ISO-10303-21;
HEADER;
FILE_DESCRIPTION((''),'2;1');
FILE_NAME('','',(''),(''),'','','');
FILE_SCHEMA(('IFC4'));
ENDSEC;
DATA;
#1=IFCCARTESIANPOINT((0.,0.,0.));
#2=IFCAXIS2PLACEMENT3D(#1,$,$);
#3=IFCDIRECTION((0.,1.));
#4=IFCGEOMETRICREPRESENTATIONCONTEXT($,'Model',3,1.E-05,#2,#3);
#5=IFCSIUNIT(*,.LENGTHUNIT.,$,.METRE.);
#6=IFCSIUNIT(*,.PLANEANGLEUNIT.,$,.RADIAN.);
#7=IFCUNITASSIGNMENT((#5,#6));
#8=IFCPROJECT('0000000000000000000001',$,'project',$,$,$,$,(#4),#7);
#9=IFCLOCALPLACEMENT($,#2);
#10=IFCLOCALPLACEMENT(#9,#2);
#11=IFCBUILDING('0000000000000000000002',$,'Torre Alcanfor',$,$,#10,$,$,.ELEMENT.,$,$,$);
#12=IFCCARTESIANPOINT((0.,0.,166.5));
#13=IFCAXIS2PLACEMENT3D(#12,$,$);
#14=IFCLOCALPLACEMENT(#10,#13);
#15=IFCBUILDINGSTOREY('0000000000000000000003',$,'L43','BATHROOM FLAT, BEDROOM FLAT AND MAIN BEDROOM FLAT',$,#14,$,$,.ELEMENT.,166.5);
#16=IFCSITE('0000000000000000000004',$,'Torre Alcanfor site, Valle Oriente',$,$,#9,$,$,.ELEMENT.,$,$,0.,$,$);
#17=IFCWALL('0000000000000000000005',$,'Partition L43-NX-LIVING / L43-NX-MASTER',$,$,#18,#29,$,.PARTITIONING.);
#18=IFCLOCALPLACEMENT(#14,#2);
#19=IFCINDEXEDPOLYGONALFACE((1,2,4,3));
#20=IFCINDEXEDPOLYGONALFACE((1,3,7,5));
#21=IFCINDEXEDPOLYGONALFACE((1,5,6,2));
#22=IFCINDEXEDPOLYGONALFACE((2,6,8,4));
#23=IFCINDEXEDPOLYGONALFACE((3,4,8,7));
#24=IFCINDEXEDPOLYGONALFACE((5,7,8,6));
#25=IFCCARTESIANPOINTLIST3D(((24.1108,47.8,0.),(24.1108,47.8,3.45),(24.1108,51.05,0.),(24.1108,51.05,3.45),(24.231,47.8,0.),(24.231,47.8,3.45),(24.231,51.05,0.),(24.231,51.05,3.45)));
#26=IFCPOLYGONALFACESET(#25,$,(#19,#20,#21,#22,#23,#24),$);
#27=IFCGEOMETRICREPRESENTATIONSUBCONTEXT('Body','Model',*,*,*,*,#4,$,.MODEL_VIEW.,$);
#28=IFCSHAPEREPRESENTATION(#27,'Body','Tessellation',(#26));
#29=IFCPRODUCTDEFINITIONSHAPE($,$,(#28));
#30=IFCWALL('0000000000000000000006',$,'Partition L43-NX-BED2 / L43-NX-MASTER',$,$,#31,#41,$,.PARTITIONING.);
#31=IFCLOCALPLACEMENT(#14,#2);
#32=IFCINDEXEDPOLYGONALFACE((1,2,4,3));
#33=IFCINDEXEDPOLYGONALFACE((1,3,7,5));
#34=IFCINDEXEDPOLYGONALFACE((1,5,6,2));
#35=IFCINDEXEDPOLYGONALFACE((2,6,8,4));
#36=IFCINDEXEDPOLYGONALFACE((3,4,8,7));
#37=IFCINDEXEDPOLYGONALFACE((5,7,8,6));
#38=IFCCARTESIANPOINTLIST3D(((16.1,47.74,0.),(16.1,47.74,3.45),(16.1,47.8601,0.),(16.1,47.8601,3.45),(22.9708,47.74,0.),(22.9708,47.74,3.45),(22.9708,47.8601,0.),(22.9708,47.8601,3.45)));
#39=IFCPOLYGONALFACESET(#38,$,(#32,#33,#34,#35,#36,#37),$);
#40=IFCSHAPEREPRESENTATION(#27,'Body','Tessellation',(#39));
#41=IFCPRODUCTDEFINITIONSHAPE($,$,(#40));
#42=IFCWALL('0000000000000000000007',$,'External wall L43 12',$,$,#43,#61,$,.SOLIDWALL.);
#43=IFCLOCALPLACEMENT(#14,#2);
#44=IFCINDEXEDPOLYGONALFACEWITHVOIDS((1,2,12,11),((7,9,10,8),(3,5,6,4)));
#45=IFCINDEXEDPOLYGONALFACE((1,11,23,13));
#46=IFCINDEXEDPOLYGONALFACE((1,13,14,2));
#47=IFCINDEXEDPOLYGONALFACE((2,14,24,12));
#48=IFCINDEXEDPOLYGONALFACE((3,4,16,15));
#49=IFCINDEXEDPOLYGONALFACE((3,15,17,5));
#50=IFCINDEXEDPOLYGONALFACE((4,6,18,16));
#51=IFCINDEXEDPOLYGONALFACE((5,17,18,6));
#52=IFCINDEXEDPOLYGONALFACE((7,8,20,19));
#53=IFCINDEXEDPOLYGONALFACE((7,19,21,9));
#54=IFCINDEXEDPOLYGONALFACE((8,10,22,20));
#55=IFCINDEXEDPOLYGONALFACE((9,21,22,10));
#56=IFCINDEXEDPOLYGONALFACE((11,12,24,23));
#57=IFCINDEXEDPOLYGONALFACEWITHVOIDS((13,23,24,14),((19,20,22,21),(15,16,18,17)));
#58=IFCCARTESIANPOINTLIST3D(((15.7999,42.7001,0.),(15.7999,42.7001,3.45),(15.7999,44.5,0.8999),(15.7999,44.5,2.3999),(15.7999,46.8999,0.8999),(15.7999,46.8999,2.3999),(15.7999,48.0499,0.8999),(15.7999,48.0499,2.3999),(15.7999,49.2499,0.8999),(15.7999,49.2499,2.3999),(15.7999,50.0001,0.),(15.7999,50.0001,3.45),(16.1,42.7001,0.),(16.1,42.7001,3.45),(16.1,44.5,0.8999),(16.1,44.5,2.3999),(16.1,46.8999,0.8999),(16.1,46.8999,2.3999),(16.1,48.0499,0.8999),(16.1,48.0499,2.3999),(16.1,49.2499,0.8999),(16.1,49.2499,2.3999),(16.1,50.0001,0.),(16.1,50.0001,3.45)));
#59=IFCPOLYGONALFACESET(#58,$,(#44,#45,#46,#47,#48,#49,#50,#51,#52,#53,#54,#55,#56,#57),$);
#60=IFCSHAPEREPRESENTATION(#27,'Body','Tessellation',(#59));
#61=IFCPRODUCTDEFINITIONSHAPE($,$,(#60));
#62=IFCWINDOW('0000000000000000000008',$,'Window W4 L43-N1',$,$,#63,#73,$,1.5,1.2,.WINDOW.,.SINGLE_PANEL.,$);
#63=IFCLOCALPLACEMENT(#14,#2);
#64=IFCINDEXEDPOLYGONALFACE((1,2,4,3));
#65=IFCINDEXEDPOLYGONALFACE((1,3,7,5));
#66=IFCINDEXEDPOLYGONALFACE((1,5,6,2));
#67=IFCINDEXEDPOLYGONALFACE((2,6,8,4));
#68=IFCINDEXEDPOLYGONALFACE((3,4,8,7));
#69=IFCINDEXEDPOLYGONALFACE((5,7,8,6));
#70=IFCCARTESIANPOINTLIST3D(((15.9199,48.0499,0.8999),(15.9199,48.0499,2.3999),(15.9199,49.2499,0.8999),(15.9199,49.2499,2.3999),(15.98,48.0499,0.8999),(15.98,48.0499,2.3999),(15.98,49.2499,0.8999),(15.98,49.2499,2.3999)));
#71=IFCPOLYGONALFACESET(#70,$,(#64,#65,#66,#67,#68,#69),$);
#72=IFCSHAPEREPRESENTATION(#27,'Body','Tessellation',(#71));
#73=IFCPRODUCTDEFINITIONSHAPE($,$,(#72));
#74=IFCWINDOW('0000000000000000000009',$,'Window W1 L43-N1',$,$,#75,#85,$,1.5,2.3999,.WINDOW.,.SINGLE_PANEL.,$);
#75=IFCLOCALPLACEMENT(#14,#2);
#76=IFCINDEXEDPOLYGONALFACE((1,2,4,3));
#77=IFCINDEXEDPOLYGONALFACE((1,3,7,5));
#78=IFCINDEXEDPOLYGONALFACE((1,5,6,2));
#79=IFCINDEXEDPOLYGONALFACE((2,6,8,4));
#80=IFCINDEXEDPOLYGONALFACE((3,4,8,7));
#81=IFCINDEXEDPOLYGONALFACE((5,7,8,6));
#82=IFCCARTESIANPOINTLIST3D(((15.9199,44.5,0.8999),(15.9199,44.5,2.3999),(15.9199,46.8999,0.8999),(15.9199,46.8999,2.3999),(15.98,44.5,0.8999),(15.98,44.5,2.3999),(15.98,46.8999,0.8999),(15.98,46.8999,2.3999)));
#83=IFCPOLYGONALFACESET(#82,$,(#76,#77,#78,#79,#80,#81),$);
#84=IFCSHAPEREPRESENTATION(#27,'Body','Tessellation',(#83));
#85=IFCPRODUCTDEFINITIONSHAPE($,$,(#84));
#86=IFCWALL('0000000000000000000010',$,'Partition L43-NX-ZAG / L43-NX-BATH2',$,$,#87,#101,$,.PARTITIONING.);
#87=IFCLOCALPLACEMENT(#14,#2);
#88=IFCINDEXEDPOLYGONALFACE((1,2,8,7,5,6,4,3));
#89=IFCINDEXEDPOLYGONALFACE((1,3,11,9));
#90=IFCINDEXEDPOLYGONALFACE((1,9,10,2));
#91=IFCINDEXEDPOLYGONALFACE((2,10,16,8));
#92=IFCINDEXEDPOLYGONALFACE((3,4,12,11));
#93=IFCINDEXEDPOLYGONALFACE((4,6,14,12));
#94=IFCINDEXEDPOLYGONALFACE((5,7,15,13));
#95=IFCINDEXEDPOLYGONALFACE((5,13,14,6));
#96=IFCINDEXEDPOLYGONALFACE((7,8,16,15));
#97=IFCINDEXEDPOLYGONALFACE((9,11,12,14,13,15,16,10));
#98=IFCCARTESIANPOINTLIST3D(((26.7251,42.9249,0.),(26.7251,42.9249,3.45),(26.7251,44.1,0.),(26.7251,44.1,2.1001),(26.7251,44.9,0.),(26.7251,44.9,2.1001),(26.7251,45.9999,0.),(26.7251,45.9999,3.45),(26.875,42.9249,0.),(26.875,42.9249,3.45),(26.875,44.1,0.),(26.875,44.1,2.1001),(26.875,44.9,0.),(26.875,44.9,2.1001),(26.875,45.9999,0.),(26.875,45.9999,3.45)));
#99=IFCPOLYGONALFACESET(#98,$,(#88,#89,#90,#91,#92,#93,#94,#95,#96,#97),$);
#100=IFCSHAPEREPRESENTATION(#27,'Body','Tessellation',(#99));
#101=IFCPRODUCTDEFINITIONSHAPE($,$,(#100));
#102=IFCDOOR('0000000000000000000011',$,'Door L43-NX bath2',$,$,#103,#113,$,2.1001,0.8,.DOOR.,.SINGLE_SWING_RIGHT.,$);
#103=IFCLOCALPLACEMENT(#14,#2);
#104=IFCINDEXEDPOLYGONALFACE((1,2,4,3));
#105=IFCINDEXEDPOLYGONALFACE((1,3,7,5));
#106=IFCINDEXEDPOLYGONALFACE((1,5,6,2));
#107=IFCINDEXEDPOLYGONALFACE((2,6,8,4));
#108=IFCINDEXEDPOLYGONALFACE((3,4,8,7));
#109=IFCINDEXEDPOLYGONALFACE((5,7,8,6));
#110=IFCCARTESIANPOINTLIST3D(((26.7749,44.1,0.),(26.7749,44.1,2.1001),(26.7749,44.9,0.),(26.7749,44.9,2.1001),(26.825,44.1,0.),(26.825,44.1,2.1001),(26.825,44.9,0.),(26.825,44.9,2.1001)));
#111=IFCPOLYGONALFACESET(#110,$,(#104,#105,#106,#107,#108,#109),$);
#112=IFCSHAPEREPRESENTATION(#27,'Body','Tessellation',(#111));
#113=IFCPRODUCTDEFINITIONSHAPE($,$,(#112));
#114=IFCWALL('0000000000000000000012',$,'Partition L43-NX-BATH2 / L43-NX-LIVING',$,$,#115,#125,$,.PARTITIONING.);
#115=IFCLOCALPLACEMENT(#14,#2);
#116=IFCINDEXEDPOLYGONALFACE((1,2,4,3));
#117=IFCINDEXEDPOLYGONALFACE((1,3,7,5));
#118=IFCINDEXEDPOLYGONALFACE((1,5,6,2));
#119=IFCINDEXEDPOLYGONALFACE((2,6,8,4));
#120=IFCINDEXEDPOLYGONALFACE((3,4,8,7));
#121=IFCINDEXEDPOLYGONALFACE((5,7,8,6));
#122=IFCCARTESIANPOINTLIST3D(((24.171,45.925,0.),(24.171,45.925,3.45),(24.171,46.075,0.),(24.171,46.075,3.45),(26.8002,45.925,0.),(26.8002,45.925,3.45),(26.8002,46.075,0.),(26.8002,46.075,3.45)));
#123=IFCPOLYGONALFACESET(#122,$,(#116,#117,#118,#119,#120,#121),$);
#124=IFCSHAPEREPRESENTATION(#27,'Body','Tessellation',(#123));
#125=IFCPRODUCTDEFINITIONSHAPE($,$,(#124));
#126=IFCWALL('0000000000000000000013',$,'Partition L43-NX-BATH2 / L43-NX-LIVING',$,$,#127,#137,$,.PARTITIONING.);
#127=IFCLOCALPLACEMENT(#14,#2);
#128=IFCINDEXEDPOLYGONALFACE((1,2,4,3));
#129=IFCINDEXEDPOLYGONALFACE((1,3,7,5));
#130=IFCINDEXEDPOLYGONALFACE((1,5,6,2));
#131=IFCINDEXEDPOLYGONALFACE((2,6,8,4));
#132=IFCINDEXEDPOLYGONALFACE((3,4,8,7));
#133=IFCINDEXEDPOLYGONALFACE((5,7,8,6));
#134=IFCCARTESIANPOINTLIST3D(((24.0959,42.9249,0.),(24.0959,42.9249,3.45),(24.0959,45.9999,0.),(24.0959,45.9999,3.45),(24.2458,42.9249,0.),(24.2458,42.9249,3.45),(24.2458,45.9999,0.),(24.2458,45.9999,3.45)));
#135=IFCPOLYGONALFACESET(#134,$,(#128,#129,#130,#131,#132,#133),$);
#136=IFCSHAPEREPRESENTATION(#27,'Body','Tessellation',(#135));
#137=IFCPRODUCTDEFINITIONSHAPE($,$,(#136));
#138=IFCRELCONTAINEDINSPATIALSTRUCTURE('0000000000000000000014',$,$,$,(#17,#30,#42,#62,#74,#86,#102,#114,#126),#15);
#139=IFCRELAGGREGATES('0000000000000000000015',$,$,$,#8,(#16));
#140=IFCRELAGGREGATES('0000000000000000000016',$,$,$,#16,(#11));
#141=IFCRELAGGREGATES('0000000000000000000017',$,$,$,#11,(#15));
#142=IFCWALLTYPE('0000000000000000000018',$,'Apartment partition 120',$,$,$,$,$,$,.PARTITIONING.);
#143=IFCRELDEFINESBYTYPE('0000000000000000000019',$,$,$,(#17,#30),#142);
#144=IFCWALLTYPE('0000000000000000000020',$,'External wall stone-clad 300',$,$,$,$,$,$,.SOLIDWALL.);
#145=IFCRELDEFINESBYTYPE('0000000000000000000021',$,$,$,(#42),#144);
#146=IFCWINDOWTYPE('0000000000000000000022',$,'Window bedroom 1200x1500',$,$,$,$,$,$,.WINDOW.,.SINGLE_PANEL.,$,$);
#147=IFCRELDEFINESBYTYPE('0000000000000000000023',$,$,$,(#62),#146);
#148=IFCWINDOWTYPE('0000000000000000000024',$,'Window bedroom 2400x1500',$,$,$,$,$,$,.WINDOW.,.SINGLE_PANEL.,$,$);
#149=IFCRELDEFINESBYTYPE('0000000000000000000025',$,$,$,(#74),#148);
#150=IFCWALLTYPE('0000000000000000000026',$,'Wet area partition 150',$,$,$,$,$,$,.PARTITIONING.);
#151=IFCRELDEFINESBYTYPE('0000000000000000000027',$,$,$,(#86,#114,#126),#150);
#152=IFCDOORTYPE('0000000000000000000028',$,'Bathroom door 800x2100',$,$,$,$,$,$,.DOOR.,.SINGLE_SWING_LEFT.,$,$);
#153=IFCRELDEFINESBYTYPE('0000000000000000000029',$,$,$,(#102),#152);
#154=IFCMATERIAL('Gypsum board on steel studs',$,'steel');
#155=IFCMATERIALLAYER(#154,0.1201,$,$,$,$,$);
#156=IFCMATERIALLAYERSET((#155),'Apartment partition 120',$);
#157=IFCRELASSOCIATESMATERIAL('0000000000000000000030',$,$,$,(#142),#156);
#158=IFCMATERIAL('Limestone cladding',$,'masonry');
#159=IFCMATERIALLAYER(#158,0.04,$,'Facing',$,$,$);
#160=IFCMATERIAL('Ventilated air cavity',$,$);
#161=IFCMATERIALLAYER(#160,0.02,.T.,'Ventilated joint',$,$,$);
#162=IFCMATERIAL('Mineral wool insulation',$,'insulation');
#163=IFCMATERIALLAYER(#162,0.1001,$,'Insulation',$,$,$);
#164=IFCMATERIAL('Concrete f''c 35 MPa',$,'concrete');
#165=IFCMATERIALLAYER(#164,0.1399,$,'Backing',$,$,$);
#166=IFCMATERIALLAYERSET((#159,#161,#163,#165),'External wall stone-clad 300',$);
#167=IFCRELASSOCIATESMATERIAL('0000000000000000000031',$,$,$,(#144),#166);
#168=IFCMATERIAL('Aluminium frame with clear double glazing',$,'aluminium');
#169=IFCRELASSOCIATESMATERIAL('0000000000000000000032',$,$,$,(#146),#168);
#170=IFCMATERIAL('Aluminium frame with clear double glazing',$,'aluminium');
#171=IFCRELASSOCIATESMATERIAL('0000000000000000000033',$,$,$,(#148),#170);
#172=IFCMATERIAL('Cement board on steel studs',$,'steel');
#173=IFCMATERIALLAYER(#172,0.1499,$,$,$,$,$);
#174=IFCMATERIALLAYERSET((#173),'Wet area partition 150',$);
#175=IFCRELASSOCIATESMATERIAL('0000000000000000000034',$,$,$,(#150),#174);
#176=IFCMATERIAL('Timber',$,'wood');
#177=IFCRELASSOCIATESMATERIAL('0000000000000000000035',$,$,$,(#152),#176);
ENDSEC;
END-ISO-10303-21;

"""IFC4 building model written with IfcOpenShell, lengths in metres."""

from ifc_helpers import new_model, si_unit, direction, frame, frame_2d, origin, place, context, subcontext, project, spatial, rectangle, extrude, material, layer, layer_set, type_object, element, fill, save


model = new_model("IFC4")

# Units and contexts
model_context = context("Model", 3, precision=1e-05, world=origin(), true_north=direction((0.0, 1.0)))
body_context = subcontext(model_context, "Body", "Model", "MODEL_VIEW")
ifc_project = project(units=[si_unit("LENGTHUNIT", "METRE"), si_unit("PLANEANGLEUNIT", "RADIAN")], contexts=[model_context])

# Site, building, storey
site_placement = place(None, origin())
site = spatial("IfcSite", under=ifc_project, at=site_placement, Name="Torre Alcanfor site, Valle Oriente", CompositionType="ELEMENT", RefElevation=0.0)
building_placement = place(site_placement, origin())
building = spatial("IfcBuilding", under=site, at=building_placement, Name="Torre Alcanfor", CompositionType="ELEMENT")
storey_placement = place(building_placement, frame((0.0, 0.0, 166.5)))
storey = spatial("IfcBuildingStorey", under=building, at=storey_placement, Name="L43", Description="BATHROOM FLAT, BEDROOM FLAT AND MAIN BEDROOM FLAT", CompositionType="ELEMENT", Elevation=166.5)

# Shared definitions
ifc_material_1 = material(Name="Gypsum board on steel studs", Category="steel")
ifc_layer_1 = layer(ifc_material_1, 0.1201)
ifc_layer_set_1 = layer_set([ifc_layer_1], Name="Apartment partition 120")
wall_type_1 = type_object("IfcWallType", Name="Apartment partition 120", PredefinedType="PARTITIONING", material=ifc_layer_set_1)

# Walls
wall_1_placement = place(storey_placement, frame((24.1709, 47.8, 0.0), z_axis=(0.0, 0.0, 1.0), x_axis=(0.0, 1.0, 0.0)))
element("IfcWall", 1, at=wall_1_placement, inside=storey, type_object=wall_type_1, Name="Partition L43-NX-LIVING / L43-NX-MASTER", PredefinedType="PARTITIONING", context=body_context, shape_type="SweptSolid", body=[
    extrude(rectangle(XDim=3.25, YDim=0.1201, at=frame_2d((1.625, 0.0))), origin(), (0.0, 0.0, 1.0), 3.45),
])
wall_2_placement = place(storey_placement, frame((22.9709, 47.8, 0.0), z_axis=(0.0, 0.0, 1.0), x_axis=(-1.0, 0.0, 0.0)))
element("IfcWall", 2, at=wall_2_placement, inside=storey, type_object=wall_type_1, Name="Partition L43-NX-BED2 / L43-NX-MASTER", PredefinedType="PARTITIONING", context=body_context, shape_type="SweptSolid", body=[
    extrude(rectangle(XDim=6.8708, YDim=0.1201, at=frame_2d((3.4355, 0.0))), origin(), (0.0, 0.0, 1.0), 3.45),
])

# Wall, openings, windows
ifc_material_2 = material(Name="Limestone cladding", Category="masonry")
ifc_layer_2 = layer(ifc_material_2, 0.04, Name="Facing")
ifc_material_3 = material(Name="Ventilated air cavity")
ifc_layer_3 = layer(ifc_material_3, 0.02, ventilated=True, Name="Ventilated joint")
ifc_material_4 = material(Name="Mineral wool insulation", Category="insulation")
ifc_layer_4 = layer(ifc_material_4, 0.1001, Name="Insulation")
ifc_material_5 = material(Name="Concrete f'c 35 MPa", Category="concrete")
ifc_layer_5 = layer(ifc_material_5, 0.1399, Name="Backing")
ifc_layer_set_2 = layer_set([ifc_layer_2, ifc_layer_3, ifc_layer_4, ifc_layer_5], Name="External wall stone-clad 300")
wall_type_2 = type_object("IfcWallType", Name="External wall stone-clad 300", PredefinedType="SOLIDWALL", material=ifc_layer_set_2)
wall_3_placement = place(storey_placement, frame((15.95, 50.0, 0.0), z_axis=(0.0, 0.0, 1.0), x_axis=(0.0, -1.0, 0.0)))
wall_3 = element("IfcWall", 3, at=wall_3_placement, inside=storey, type_object=wall_type_2, Name="External wall L43 12", PredefinedType="SOLIDWALL", context=body_context, shape_type="SweptSolid", body=[
    extrude(rectangle(XDim=7.3, YDim=0.3, at=frame_2d((3.6499, 0.0))), origin(), (0.0, 0.0, 1.0), 3.45),
])
opening_1_placement = place(wall_3_placement, frame((3.1001, 0.0, 0.8999)))
opening_1 = element("IfcOpeningElement", 4, at=opening_1_placement, cuts=wall_3, PredefinedType="OPENING", context=body_context, shape_type="SweptSolid", body=[
    extrude(rectangle(XDim=2.3999, YDim=1.5, at=frame_2d((1.2, 0.75))), frame((0.0, 0.1599, 0.0), z_axis=(0.0, -1.0, 0.0), x_axis=(1.0, 0.0, 0.0)), (0.0, 0.0, 1.0), 0.3201),
])
opening_2_placement = place(wall_3_placement, frame((0.75, 0.0, 0.8999)))
opening_2 = element("IfcOpeningElement", 5, at=opening_2_placement, cuts=wall_3, PredefinedType="OPENING", context=body_context, shape_type="SweptSolid", body=[
    extrude(rectangle(XDim=1.2, YDim=1.5, at=frame_2d((0.6001, 0.75))), frame((0.0, 0.1599, 0.0), z_axis=(0.0, -1.0, 0.0), x_axis=(1.0, 0.0, 0.0)), (0.0, 0.0, 1.0), 0.3201),
])
ifc_material_6 = material(Name="Aluminium frame with clear double glazing", Category="aluminium")
window_type_1 = type_object("IfcWindowType", Name="Window bedroom 1200x1500", PartitioningType="SINGLE_PANEL", PredefinedType="WINDOW", material=ifc_material_6)
window_1_placement = place(opening_2_placement, origin())
window_1 = element("IfcWindow", 6, at=window_1_placement, inside=storey, type_object=window_type_1, Name="Window W4 L43-N1", OverallHeight=1.5, OverallWidth=1.2, PartitioningType="SINGLE_PANEL", PredefinedType="WINDOW", context=body_context, shape_type="SweptSolid", body=[
    extrude(rectangle(XDim=1.2, YDim=1.5, at=frame_2d((0.6001, 0.75))), frame((0.0, 0.03, 0.0), z_axis=(0.0, -1.0, 0.0), x_axis=(1.0, 0.0, 0.0)), (0.0, 0.0, 1.0), 0.0601),
])
fill(opening_2, window_1)
ifc_material_7 = material(Name="Aluminium frame with clear double glazing", Category="aluminium")
window_type_2 = type_object("IfcWindowType", Name="Window bedroom 2400x1500", PartitioningType="SINGLE_PANEL", PredefinedType="WINDOW", material=ifc_material_7)
window_2_placement = place(opening_1_placement, origin())
window_2 = element("IfcWindow", 7, at=window_2_placement, inside=storey, type_object=window_type_2, Name="Window W1 L43-N1", OverallHeight=1.5, OverallWidth=2.3999, PartitioningType="SINGLE_PANEL", PredefinedType="WINDOW", context=body_context, shape_type="SweptSolid", body=[
    extrude(rectangle(XDim=2.3999, YDim=1.5, at=frame_2d((1.2, 0.75))), frame((0.0, 0.03, 0.0), z_axis=(0.0, -1.0, 0.0), x_axis=(1.0, 0.0, 0.0)), (0.0, 0.0, 1.0), 0.0601),
])
fill(opening_1, window_2)

# Wall, opening, door
ifc_material_8 = material(Name="Cement board on steel studs", Category="steel")
ifc_layer_6 = layer(ifc_material_8, 0.1499)
ifc_layer_set_3 = layer_set([ifc_layer_6], Name="Wet area partition 150")
wall_type_3 = type_object("IfcWallType", Name="Wet area partition 150", PredefinedType="PARTITIONING", material=ifc_layer_set_3)
wall_4_placement = place(storey_placement, frame((26.8, 46.0, 0.0), z_axis=(0.0, 0.0, 1.0), x_axis=(0.0, -1.0, 0.0)))
wall_4 = element("IfcWall", 8, at=wall_4_placement, inside=storey, type_object=wall_type_3, Name="Partition L43-NX-ZAG / L43-NX-BATH2", PredefinedType="PARTITIONING", context=body_context, shape_type="SweptSolid", body=[
    extrude(rectangle(XDim=3.075, YDim=0.1499, at=frame_2d((1.5376, 0.0))), origin(), (0.0, 0.0, 1.0), 3.45),
])
opening_3_placement = place(wall_4_placement, frame((1.1001, 0.0, 0.0)))
opening_3 = element("IfcOpeningElement", 9, at=opening_3_placement, cuts=wall_4, PredefinedType="OPENING", context=body_context, shape_type="SweptSolid", body=[
    extrude(rectangle(XDim=0.8, YDim=2.1001, at=frame_2d((0.3999, 1.05))), frame((0.0, 0.085, 0.0), z_axis=(0.0, -1.0, 0.0), x_axis=(1.0, 0.0, 0.0)), (0.0, 0.0, 1.0), 0.1699),
])
ifc_material_9 = material(Name="Timber", Category="wood")
door_type_1 = type_object("IfcDoorType", Name="Bathroom door 800x2100", OperationType="SINGLE_SWING_LEFT", PredefinedType="DOOR", material=ifc_material_9)
door_1_placement = place(opening_3_placement, frame((0.8, 0.0, 0.0), z_axis=(0.0, 0.0, 1.0), x_axis=(-1.0, 0.0, 0.0)))
door_1 = element("IfcDoor", 10, at=door_1_placement, inside=storey, type_object=door_type_1, Name="Door L43-NX bath2", OperationType="SINGLE_SWING_RIGHT", OverallHeight=2.1001, OverallWidth=0.8, PredefinedType="DOOR", context=body_context, shape_type="SweptSolid", body=[
    extrude(rectangle(XDim=0.8, YDim=2.1001, at=frame_2d((0.4001, 1.05))), frame((0.0, 0.0251, 0.0), z_axis=(0.0, -1.0, 0.0), x_axis=(1.0, 0.0, 0.0)), (0.0, 0.0, 1.0), 0.05),
])
fill(opening_3, door_1)

# Walls
wall_5_placement = place(storey_placement, frame((26.8, 46.0, 0.0), z_axis=(0.0, 0.0, 1.0), x_axis=(-1.0, 0.0, 0.0)))
element("IfcWall", 11, at=wall_5_placement, inside=storey, type_object=wall_type_3, Name="Partition L43-NX-BATH2 / L43-NX-LIVING", PredefinedType="PARTITIONING", context=body_context, shape_type="SweptSolid", body=[
    extrude(rectangle(XDim=2.6292, YDim=0.1499, at=frame_2d((1.3145, 0.0))), origin(), (0.0, 0.0, 1.0), 3.45),
])
wall_6_placement = place(storey_placement, frame((24.1709, 46.0, 0.0), z_axis=(0.0, 0.0, 1.0), x_axis=(0.0, -1.0, 0.0)))
element("IfcWall", 12, at=wall_6_placement, inside=storey, type_object=wall_type_3, Name="Partition L43-NX-BATH2 / L43-NX-LIVING", PredefinedType="PARTITIONING", context=body_context, shape_type="SweptSolid", body=[
    extrude(rectangle(XDim=3.075, YDim=0.1499, at=frame_2d((1.5376, 0.0))), origin(), (0.0, 0.0, 1.0), 3.45),
])

save(model, "model.ifc")
